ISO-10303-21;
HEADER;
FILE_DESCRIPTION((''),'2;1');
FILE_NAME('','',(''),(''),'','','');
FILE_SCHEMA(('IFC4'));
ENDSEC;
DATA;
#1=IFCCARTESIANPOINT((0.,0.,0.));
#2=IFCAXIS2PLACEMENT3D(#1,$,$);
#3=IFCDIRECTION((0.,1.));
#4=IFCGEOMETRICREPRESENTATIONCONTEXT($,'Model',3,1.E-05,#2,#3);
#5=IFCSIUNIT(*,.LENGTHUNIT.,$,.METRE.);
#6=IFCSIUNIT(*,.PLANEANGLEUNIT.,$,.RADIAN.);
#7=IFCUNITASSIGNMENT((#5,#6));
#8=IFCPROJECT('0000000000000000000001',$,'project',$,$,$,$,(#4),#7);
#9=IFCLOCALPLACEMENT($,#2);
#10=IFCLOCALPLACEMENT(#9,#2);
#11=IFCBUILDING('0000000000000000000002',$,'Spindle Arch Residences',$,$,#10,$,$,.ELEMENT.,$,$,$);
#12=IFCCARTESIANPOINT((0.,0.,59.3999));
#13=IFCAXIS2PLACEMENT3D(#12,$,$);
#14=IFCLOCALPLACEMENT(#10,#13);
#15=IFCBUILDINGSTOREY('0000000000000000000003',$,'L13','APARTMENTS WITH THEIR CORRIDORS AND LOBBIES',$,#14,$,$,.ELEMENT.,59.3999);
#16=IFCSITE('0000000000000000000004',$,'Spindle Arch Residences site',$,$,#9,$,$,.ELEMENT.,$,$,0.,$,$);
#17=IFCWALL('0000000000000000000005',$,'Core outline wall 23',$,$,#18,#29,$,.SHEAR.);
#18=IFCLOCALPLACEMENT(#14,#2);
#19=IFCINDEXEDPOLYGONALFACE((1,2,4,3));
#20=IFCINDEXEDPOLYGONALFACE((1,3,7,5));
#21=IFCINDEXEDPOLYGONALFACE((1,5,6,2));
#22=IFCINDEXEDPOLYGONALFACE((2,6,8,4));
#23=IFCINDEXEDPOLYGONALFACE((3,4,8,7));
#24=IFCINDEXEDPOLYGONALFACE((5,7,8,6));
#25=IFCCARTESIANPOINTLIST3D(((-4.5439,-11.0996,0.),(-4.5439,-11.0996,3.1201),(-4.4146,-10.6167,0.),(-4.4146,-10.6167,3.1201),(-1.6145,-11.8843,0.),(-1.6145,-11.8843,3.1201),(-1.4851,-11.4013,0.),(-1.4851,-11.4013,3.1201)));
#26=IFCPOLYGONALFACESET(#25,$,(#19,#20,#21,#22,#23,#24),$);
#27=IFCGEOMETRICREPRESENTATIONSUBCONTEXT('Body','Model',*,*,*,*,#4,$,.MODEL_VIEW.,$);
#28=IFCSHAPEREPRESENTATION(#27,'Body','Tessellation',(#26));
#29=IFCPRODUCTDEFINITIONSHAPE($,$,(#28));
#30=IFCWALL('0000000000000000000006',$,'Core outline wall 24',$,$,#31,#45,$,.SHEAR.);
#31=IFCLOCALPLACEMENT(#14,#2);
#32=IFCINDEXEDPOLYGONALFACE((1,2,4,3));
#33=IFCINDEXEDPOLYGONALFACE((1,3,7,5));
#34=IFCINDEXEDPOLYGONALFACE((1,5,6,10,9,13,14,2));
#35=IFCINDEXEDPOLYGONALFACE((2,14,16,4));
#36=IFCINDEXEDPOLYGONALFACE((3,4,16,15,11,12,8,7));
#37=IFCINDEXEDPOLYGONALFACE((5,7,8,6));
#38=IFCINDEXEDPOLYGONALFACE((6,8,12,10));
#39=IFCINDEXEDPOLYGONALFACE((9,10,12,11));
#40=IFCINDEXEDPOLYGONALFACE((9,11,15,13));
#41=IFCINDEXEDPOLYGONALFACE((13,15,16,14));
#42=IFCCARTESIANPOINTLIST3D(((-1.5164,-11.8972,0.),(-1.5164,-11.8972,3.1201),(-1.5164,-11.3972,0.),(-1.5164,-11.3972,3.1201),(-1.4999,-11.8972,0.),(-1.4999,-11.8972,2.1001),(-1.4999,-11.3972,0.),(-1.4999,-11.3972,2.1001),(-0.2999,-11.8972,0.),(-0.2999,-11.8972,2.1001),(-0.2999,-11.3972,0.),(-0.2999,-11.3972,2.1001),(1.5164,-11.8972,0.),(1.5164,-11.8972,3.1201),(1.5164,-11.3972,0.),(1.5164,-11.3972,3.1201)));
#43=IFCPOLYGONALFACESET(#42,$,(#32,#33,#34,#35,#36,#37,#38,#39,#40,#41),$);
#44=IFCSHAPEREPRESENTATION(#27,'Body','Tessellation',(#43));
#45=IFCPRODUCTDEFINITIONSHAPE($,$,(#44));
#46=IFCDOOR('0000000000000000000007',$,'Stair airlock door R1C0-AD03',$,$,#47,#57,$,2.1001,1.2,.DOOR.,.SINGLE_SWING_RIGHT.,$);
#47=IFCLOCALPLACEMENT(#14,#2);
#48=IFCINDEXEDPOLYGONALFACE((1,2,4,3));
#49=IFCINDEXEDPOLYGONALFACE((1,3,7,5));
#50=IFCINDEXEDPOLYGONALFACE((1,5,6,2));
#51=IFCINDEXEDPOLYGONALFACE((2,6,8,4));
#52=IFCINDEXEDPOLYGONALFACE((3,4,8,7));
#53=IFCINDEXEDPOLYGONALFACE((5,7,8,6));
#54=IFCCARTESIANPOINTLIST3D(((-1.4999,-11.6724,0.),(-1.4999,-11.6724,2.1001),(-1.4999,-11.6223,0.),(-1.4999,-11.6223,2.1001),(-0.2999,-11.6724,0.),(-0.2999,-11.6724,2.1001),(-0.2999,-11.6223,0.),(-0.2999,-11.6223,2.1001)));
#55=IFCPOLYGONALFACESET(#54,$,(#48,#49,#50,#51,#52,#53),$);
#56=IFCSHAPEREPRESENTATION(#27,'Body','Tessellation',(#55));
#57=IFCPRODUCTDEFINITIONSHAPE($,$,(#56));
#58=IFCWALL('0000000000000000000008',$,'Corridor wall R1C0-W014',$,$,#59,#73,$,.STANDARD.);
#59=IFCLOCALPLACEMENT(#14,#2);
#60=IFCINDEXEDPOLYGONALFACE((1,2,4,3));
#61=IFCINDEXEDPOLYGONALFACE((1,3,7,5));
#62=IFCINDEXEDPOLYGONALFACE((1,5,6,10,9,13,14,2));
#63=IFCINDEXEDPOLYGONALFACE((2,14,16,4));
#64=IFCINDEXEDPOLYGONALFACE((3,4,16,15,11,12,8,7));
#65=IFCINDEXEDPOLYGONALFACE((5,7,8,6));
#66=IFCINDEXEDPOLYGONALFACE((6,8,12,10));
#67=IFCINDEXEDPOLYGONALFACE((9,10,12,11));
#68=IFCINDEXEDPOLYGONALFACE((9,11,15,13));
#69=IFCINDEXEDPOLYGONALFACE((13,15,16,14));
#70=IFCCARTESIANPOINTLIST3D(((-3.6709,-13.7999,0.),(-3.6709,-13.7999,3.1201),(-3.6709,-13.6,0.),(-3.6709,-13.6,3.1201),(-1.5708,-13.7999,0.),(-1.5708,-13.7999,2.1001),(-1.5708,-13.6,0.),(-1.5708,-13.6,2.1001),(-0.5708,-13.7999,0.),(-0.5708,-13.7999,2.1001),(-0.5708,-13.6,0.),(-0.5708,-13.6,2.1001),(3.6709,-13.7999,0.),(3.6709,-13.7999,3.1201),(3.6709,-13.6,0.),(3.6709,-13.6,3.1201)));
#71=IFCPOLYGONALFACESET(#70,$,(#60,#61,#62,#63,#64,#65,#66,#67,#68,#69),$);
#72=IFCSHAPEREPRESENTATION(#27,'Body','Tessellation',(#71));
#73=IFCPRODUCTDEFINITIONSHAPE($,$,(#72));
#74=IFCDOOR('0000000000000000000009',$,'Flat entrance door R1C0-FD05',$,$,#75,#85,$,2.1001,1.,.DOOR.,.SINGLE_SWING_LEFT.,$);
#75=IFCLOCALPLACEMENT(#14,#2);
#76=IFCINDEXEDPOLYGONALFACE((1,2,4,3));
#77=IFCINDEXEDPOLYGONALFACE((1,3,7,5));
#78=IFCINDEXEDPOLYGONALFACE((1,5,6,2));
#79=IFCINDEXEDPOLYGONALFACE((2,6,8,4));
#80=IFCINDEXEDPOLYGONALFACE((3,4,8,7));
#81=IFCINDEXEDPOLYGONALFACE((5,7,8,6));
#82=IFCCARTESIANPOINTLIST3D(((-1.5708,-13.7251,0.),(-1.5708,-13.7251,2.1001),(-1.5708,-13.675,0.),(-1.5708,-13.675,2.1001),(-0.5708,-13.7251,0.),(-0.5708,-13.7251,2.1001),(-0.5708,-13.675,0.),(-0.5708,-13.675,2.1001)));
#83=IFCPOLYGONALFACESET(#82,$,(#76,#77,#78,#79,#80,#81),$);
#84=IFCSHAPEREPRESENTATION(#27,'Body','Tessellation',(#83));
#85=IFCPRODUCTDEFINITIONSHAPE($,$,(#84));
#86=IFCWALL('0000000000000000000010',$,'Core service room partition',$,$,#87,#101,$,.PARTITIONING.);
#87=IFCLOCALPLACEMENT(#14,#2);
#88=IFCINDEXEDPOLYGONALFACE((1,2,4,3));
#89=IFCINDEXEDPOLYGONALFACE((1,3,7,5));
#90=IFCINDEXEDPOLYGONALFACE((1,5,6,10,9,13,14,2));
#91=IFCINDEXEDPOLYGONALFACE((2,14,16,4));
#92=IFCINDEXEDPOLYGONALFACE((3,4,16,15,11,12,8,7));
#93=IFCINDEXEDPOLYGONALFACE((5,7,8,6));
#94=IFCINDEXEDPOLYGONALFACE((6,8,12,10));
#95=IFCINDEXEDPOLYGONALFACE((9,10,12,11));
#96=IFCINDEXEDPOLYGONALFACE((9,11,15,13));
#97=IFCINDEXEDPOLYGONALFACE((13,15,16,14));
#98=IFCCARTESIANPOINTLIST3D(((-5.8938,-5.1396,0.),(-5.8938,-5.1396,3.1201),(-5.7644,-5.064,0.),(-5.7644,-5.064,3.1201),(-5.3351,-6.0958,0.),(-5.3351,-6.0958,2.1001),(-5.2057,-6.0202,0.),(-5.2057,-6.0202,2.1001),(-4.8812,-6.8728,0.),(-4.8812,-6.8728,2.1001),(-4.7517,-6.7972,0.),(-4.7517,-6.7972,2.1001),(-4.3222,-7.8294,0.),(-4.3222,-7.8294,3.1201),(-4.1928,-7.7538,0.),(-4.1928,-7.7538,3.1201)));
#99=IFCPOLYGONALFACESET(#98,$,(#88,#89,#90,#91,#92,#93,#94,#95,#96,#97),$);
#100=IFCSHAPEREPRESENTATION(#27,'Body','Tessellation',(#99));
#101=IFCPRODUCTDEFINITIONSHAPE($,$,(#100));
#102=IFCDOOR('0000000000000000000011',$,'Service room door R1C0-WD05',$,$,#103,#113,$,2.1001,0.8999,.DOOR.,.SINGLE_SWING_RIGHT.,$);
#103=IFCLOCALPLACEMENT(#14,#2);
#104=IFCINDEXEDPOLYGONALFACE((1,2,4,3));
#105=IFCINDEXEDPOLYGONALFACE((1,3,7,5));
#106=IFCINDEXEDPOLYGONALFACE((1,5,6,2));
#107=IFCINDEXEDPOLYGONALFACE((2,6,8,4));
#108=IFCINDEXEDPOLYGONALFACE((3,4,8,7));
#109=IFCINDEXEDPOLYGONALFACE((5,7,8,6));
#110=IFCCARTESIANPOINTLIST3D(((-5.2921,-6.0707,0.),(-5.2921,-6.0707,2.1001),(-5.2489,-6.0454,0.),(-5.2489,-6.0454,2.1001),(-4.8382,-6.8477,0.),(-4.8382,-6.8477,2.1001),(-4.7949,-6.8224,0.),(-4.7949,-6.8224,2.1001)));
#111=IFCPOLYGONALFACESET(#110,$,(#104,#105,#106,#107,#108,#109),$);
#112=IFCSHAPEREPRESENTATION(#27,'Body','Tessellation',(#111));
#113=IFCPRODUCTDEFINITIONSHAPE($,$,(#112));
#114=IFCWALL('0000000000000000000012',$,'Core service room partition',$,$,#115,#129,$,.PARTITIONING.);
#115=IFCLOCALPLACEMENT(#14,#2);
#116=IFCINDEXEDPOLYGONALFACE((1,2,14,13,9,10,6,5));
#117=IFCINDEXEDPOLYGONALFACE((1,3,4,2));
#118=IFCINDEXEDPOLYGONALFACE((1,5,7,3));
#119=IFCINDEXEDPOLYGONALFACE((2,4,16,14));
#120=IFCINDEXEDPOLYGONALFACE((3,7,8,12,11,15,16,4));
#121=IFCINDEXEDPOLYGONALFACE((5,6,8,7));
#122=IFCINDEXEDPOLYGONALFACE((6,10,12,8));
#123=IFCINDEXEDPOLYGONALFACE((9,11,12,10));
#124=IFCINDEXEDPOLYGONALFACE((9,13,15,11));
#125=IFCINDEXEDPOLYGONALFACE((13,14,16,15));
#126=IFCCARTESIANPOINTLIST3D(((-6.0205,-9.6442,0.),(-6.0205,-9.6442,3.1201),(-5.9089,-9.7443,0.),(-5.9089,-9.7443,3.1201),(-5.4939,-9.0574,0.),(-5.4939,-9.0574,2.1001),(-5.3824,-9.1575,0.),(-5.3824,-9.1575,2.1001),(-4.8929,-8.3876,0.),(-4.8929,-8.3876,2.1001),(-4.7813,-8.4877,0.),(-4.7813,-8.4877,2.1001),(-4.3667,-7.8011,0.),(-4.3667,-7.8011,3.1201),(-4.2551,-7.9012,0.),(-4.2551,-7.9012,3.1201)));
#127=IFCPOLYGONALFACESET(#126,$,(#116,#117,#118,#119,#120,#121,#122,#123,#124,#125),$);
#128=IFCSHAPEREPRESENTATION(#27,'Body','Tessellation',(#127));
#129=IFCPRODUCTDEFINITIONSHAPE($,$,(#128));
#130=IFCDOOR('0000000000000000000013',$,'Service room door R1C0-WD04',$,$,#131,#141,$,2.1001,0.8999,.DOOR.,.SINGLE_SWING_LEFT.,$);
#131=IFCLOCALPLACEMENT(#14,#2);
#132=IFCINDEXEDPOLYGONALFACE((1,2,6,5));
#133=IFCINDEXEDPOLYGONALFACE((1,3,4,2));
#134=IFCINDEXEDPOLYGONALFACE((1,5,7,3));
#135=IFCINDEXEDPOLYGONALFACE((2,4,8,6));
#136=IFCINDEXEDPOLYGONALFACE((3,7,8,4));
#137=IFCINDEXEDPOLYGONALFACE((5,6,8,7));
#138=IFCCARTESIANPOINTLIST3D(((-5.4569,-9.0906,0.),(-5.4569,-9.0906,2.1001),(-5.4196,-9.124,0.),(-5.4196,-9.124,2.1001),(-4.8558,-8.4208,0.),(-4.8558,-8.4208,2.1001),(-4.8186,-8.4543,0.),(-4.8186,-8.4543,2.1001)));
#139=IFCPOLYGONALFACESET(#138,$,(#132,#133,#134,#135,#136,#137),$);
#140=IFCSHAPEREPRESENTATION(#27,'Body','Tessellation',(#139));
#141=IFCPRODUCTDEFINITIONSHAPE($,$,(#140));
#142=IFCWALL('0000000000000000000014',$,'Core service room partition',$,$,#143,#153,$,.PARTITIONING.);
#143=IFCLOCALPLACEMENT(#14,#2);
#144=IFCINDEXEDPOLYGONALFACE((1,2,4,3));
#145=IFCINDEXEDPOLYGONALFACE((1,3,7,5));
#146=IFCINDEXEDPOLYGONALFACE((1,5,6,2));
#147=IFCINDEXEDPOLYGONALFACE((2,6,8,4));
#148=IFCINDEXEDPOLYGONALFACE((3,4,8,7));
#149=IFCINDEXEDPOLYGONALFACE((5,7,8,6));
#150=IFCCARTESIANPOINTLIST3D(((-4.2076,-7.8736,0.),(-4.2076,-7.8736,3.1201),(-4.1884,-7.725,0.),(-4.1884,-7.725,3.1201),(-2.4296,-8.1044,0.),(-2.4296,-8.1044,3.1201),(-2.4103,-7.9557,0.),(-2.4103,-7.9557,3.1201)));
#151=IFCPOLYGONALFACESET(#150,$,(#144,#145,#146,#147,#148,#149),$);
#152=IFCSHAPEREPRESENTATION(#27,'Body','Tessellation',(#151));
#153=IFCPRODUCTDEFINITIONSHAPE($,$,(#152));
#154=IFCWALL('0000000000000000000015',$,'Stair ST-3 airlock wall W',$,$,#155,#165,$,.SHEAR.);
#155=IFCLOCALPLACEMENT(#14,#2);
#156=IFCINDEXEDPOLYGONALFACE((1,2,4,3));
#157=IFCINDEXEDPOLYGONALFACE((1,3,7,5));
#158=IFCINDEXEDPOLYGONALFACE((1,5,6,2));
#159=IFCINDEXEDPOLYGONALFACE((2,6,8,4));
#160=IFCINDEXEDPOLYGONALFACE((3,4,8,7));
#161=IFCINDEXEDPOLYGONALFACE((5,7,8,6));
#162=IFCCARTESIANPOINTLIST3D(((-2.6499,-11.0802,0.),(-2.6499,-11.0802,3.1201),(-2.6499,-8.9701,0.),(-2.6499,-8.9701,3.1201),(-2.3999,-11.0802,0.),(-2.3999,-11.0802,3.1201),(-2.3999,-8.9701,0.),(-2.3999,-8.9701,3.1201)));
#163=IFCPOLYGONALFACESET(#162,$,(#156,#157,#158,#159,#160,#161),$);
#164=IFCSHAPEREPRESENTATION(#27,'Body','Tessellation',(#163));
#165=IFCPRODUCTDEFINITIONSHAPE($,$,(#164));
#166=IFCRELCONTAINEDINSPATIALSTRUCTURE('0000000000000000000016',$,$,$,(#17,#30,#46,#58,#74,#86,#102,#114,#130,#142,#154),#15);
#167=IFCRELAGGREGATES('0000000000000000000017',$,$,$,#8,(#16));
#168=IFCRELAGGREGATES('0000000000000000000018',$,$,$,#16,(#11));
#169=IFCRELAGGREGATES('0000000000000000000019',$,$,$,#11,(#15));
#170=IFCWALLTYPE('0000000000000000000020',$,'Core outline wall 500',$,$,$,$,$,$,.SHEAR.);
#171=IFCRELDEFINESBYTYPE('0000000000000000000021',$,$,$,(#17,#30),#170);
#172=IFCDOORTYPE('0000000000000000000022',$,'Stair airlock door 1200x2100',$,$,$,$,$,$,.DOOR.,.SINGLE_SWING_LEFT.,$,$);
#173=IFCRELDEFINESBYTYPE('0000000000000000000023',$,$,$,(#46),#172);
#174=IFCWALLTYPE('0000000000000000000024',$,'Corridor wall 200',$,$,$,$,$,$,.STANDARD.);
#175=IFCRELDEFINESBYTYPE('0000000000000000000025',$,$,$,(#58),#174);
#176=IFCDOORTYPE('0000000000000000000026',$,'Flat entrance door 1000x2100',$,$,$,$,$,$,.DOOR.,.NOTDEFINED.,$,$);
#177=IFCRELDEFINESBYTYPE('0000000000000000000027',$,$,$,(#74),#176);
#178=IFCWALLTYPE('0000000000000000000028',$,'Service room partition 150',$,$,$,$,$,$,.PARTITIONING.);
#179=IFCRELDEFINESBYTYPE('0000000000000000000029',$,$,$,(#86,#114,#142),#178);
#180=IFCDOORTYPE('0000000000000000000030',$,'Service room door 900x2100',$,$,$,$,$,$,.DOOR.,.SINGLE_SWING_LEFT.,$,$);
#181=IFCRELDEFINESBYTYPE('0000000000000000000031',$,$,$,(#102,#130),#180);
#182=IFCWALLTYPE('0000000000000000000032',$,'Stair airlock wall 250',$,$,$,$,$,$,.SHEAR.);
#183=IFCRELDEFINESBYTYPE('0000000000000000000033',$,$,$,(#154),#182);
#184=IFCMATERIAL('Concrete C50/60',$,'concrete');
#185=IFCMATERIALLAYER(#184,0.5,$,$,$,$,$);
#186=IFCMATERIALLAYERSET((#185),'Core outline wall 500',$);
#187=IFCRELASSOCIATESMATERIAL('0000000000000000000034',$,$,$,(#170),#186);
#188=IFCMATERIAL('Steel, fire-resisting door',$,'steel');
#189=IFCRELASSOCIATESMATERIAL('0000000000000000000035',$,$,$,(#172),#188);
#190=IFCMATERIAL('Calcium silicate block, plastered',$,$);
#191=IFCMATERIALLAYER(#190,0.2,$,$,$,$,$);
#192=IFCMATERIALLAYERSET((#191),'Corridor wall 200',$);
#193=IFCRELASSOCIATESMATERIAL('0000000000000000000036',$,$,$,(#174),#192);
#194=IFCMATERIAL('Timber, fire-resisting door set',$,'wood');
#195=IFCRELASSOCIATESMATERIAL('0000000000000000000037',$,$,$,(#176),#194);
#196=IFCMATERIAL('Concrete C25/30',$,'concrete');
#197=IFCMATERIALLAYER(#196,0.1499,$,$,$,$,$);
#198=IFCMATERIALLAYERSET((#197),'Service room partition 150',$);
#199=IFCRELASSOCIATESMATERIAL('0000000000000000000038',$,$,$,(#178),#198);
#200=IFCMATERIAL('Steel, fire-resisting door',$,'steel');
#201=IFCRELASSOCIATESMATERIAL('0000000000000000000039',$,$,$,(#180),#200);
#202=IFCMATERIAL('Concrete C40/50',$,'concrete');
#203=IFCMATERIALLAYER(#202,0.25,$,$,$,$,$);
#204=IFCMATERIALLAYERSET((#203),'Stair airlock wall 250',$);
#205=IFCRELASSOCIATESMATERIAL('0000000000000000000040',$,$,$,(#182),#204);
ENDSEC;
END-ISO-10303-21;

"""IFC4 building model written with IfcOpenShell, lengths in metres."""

from ifc_helpers import new_model, si_unit, direction, frame, frame_2d, origin, place, context, subcontext, project, spatial, rectangle, extrude, material, layer, layer_set, type_object, element, fill, save


model = new_model("IFC4")

# Units and contexts
model_context = context("Model", 3, precision=1e-05, world=origin(), true_north=direction((0.0, 1.0)))
body_context = subcontext(model_context, "Body", "Model", "MODEL_VIEW")
ifc_project = project(units=[si_unit("LENGTHUNIT", "METRE"), si_unit("PLANEANGLEUNIT", "RADIAN")], contexts=[model_context])

# Site, building, storey
site_placement = place(None, origin())
site = spatial("IfcSite", under=ifc_project, at=site_placement, Name="Spindle Arch Residences site", CompositionType="ELEMENT", RefElevation=0.0)
building_placement = place(site_placement, origin())
building = spatial("IfcBuilding", under=site, at=building_placement, Name="Spindle Arch Residences", CompositionType="ELEMENT")
storey_placement = place(building_placement, frame((0.0, 0.0, 59.3999)))
storey = spatial("IfcBuildingStorey", under=building, at=storey_placement, Name="L13", Description="APARTMENTS WITH THEIR CORRIDORS AND LOBBIES", CompositionType="ELEMENT", Elevation=59.3999)

# Wall
ifc_material_1 = material(Name="Concrete C50/60", Category="concrete")
ifc_layer_1 = layer(ifc_material_1, 0.5)
ifc_layer_set_1 = layer_set([ifc_layer_1], Name="Core outline wall 500")
wall_type_1 = type_object("IfcWallType", Name="Core outline wall 500", PredefinedType="SHEAR", material=ifc_layer_set_1)
wall_1_placement = place(storey_placement, frame((-4.4792, -10.8582, 0.0), z_axis=(0.0, 0.0, 1.0), x_axis=(0.965948, -0.258735, 0.0)))
element("IfcWall", 1, at=wall_1_placement, inside=storey, type_object=wall_type_1, Name="Core outline wall 23", PredefinedType="SHEAR", context=body_context, shape_type="SweptSolid", body=[
    extrude(rectangle(XDim=3.0327, YDim=0.5, at=frame_2d((1.5164, 0.0))), origin(), (0.0, 0.0, 1.0), 3.1201),
])

# Walls, openings, doors
wall_2_placement = place(storey_placement, frame((-1.5164, -11.6472, 0.0), z_axis=(0.0, 0.0, 1.0), x_axis=(1.0, 0.0, 0.0)))
wall_2 = element("IfcWall", 2, at=wall_2_placement, inside=storey, type_object=wall_type_1, Name="Core outline wall 24", PredefinedType="SHEAR", context=body_context, shape_type="SweptSolid", body=[
    extrude(rectangle(XDim=3.0327, YDim=0.5, at=frame_2d((1.5164, 0.0))), origin(), (0.0, 0.0, 1.0), 3.1201),
])
opening_1_placement = place(wall_2_placement, frame((0.0164, 0.0, 0.0)))
opening_1 = element("IfcOpeningElement", 3, at=opening_1_placement, cuts=wall_2, PredefinedType="OPENING", context=body_context, shape_type="SweptSolid", body=[
    extrude(rectangle(XDim=1.2, YDim=2.1001, at=frame_2d((0.6001, 1.05))), frame((0.0, 0.26, 0.0), z_axis=(0.0, -1.0, 0.0), x_axis=(1.0, 0.0, 0.0)), (0.0, 0.0, 1.0), 0.52),
])
ifc_material_2 = material(Name="Steel, fire-resisting door", Category="steel")
door_type_1 = type_object("IfcDoorType", Name="Stair airlock door 1200x2100", OperationType="SINGLE_SWING_LEFT", PredefinedType="DOOR", material=ifc_material_2)
door_1_placement = place(opening_1_placement, origin())
door_1 = element("IfcDoor", 4, at=door_1_placement, inside=storey, type_object=door_type_1, Name="Stair airlock door R1C0-AD03", OperationType="SINGLE_SWING_RIGHT", OverallHeight=2.1001, OverallWidth=1.2, PredefinedType="DOOR", context=body_context, shape_type="SweptSolid", body=[
    extrude(rectangle(XDim=1.2, YDim=2.1001, at=frame_2d((0.6001, 1.05))), frame((0.0, 0.0249, 0.0), z_axis=(0.0, -1.0, 0.0), x_axis=(1.0, 0.0, 0.0)), (0.0, 0.0, 1.0), 0.05),
])
fill(opening_1, door_1)
ifc_material_3 = material(Name="Calcium silicate block, plastered")
ifc_layer_2 = layer(ifc_material_3, 0.2)
ifc_layer_set_2 = layer_set([ifc_layer_2], Name="Corridor wall 200")
wall_type_2 = type_object("IfcWallType", Name="Corridor wall 200", PredefinedType="STANDARD", material=ifc_layer_set_2)
wall_3_placement = place(storey_placement, frame((-3.6709, -13.7, 0.0), z_axis=(0.0, 0.0, 1.0), x_axis=(1.0, 0.0, 0.0)))
wall_3 = element("IfcWall", 5, at=wall_3_placement, inside=storey, type_object=wall_type_2, Name="Corridor wall R1C0-W014", PredefinedType="STANDARD", context=body_context, shape_type="SweptSolid", body=[
    extrude(rectangle(XDim=7.3418, YDim=0.2, at=frame_2d((3.6709, 0.0))), origin(), (0.0, 0.0, 1.0), 3.1201),
])
opening_2_placement = place(wall_3_placement, frame((2.1001, 0.0, 0.0)))
opening_2 = element("IfcOpeningElement", 6, at=opening_2_placement, cuts=wall_3, PredefinedType="OPENING", context=body_context, shape_type="SweptSolid", body=[
    extrude(rectangle(XDim=1.0, YDim=2.1001, at=frame_2d((0.5, 1.05))), frame((0.0, 0.1099, 0.0), z_axis=(0.0, -1.0, 0.0), x_axis=(1.0, 0.0, 0.0)), (0.0, 0.0, 1.0), 0.22),
])
ifc_material_4 = material(Name="Timber, fire-resisting door set", Category="wood")
door_type_2 = type_object("IfcDoorType", Name="Flat entrance door 1000x2100", OperationType="NOTDEFINED", PredefinedType="DOOR", material=ifc_material_4)
door_2_placement = place(opening_2_placement, origin())
door_2 = element("IfcDoor", 7, at=door_2_placement, inside=storey, type_object=door_type_2, Name="Flat entrance door R1C0-FD05", OperationType="SINGLE_SWING_LEFT", OverallHeight=2.1001, OverallWidth=1.0, PredefinedType="DOOR", context=body_context, shape_type="SweptSolid", body=[
    extrude(rectangle(XDim=1.0, YDim=2.1001, at=frame_2d((0.5, 1.05))), frame((0.0, 0.0249, 0.0), z_axis=(0.0, -1.0, 0.0), x_axis=(1.0, 0.0, 0.0)), (0.0, 0.0, 1.0), 0.05),
])
fill(opening_2, door_2)
ifc_material_5 = material(Name="Concrete C25/30", Category="concrete")
ifc_layer_3 = layer(ifc_material_5, 0.1499)
ifc_layer_set_3 = layer_set([ifc_layer_3], Name="Service room partition 150")
wall_type_3 = type_object("IfcWallType", Name="Service room partition 150", PredefinedType="PARTITIONING", material=ifc_layer_set_3)
wall_4_placement = place(storey_placement, frame((-5.8291, -5.1018, 0.0), z_axis=(0.0, 0.0, 1.0), x_axis=(0.50448, -0.863423, 0.0)))
wall_4 = element("IfcWall", 8, at=wall_4_placement, inside=storey, type_object=wall_type_3, Name="Core service room partition", PredefinedType="PARTITIONING", context=body_context, shape_type="SweptSolid", body=[
    extrude(rectangle(XDim=3.1152, YDim=0.1499, at=frame_2d((1.5576, 0.0))), origin(), (0.0, 0.0, 1.0), 3.1201),
])
opening_3_placement = place(wall_4_placement, frame((1.1074, 0.0, 0.0)))
opening_3 = element("IfcOpeningElement", 9, at=opening_3_placement, cuts=wall_4, PredefinedType="OPENING", context=body_context, shape_type="SweptSolid", body=[
    extrude(rectangle(XDim=0.8999, YDim=2.1001, at=frame_2d((0.45, 1.05))), frame((0.0, 0.085, 0.0), z_axis=(0.0, -1.0, 0.0), x_axis=(1.0, 0.0, 0.0)), (0.0, 0.0, 1.0), 0.1699),
])
ifc_material_6 = material(Name="Steel, fire-resisting door", Category="steel")
door_type_3 = type_object("IfcDoorType", Name="Service room door 900x2100", OperationType="SINGLE_SWING_LEFT", PredefinedType="DOOR", material=ifc_material_6)
door_3_placement = place(opening_3_placement, origin())
door_3 = element("IfcDoor", 10, at=door_3_placement, inside=storey, type_object=door_type_3, Name="Service room door R1C0-WD05", OperationType="SINGLE_SWING_RIGHT", OverallHeight=2.1001, OverallWidth=0.8999, PredefinedType="DOOR", context=body_context, shape_type="SweptSolid", body=[
    extrude(rectangle(XDim=0.8999, YDim=2.1001, at=frame_2d((0.45, 1.05))), frame((0.0, 0.0249, 0.0), z_axis=(0.0, -1.0, 0.0), x_axis=(1.0, 0.0, 0.0)), (0.0, 0.0, 1.0), 0.05),
])
fill(opening_3, door_3)
wall_5_placement = place(storey_placement, frame((-4.3108, -7.8511, 0.0), z_axis=(0.0, 0.0, 1.0), x_axis=(-0.667869, -0.744279, 0.0)))
wall_5 = element("IfcWall", 11, at=wall_5_placement, inside=storey, type_object=wall_type_3, Name="Core service room partition", PredefinedType="PARTITIONING", context=body_context, shape_type="SweptSolid", body=[
    extrude(rectangle(XDim=2.4763, YDim=0.1499, at=frame_2d((1.2383, 0.0))), origin(), (0.0, 0.0, 1.0), 3.1201),
])
opening_4_placement = place(wall_5_placement, frame((0.7881, 0.0, 0.0)))
opening_4 = element("IfcOpeningElement", 12, at=opening_4_placement, cuts=wall_5, PredefinedType="OPENING", context=body_context, shape_type="SweptSolid", body=[
    extrude(rectangle(XDim=0.8999, YDim=2.1001, at=frame_2d((0.45, 1.05))), frame((0.0, 0.085, 0.0), z_axis=(0.0, -1.0, 0.0), x_axis=(1.0, 0.0, 0.0)), (0.0, 0.0, 1.0), 0.1699),
])
door_4_placement = place(opening_4_placement, origin())
door_4 = element("IfcDoor", 13, at=door_4_placement, inside=storey, type_object=door_type_3, Name="Service room door R1C0-WD04", OperationType="SINGLE_SWING_LEFT", OverallHeight=2.1001, OverallWidth=0.8999, PredefinedType="DOOR", context=body_context, shape_type="SweptSolid", body=[
    extrude(rectangle(XDim=0.8999, YDim=2.1001, at=frame_2d((0.45, 1.05))), frame((0.0, 0.0249, 0.0), z_axis=(0.0, -1.0, 0.0), x_axis=(1.0, 0.0, 0.0)), (0.0, 0.0, 1.0), 0.05),
])
fill(opening_4, door_4)

# Walls
wall_6_placement = place(storey_placement, frame((-4.198, -7.7993, 0.0), z_axis=(0.0, 0.0, 1.0), x_axis=(0.991687, -0.128676, 0.0)))
element("IfcWall", 14, at=wall_6_placement, inside=storey, type_object=wall_type_3, Name="Core service room partition", PredefinedType="PARTITIONING", context=body_context, shape_type="SweptSolid", body=[
    extrude(rectangle(XDim=1.793, YDim=0.1499, at=frame_2d((0.8965, 0.0))), origin(), (0.0, 0.0, 1.0), 3.1201),
])
ifc_material_7 = material(Name="Concrete C40/50", Category="concrete")
ifc_layer_4 = layer(ifc_material_7, 0.25)
ifc_layer_set_4 = layer_set([ifc_layer_4], Name="Stair airlock wall 250")
wall_type_4 = type_object("IfcWallType", Name="Stair airlock wall 250", PredefinedType="SHEAR", material=ifc_layer_set_4)
wall_7_placement = place(storey_placement, frame((-2.5249, -8.97, 0.0), z_axis=(0.0, 0.0, 1.0), x_axis=(0.0, -1.0, 0.0)))
element("IfcWall", 15, at=wall_7_placement, inside=storey, type_object=wall_type_4, Name="Stair ST-3 airlock wall W", PredefinedType="SHEAR", context=body_context, shape_type="SweptSolid", body=[
    extrude(rectangle(XDim=2.1101, YDim=0.25, at=frame_2d((1.0552, 0.0))), origin(), (0.0, 0.0, 1.0), 3.1201),
])

save(model, "model.ifc")
